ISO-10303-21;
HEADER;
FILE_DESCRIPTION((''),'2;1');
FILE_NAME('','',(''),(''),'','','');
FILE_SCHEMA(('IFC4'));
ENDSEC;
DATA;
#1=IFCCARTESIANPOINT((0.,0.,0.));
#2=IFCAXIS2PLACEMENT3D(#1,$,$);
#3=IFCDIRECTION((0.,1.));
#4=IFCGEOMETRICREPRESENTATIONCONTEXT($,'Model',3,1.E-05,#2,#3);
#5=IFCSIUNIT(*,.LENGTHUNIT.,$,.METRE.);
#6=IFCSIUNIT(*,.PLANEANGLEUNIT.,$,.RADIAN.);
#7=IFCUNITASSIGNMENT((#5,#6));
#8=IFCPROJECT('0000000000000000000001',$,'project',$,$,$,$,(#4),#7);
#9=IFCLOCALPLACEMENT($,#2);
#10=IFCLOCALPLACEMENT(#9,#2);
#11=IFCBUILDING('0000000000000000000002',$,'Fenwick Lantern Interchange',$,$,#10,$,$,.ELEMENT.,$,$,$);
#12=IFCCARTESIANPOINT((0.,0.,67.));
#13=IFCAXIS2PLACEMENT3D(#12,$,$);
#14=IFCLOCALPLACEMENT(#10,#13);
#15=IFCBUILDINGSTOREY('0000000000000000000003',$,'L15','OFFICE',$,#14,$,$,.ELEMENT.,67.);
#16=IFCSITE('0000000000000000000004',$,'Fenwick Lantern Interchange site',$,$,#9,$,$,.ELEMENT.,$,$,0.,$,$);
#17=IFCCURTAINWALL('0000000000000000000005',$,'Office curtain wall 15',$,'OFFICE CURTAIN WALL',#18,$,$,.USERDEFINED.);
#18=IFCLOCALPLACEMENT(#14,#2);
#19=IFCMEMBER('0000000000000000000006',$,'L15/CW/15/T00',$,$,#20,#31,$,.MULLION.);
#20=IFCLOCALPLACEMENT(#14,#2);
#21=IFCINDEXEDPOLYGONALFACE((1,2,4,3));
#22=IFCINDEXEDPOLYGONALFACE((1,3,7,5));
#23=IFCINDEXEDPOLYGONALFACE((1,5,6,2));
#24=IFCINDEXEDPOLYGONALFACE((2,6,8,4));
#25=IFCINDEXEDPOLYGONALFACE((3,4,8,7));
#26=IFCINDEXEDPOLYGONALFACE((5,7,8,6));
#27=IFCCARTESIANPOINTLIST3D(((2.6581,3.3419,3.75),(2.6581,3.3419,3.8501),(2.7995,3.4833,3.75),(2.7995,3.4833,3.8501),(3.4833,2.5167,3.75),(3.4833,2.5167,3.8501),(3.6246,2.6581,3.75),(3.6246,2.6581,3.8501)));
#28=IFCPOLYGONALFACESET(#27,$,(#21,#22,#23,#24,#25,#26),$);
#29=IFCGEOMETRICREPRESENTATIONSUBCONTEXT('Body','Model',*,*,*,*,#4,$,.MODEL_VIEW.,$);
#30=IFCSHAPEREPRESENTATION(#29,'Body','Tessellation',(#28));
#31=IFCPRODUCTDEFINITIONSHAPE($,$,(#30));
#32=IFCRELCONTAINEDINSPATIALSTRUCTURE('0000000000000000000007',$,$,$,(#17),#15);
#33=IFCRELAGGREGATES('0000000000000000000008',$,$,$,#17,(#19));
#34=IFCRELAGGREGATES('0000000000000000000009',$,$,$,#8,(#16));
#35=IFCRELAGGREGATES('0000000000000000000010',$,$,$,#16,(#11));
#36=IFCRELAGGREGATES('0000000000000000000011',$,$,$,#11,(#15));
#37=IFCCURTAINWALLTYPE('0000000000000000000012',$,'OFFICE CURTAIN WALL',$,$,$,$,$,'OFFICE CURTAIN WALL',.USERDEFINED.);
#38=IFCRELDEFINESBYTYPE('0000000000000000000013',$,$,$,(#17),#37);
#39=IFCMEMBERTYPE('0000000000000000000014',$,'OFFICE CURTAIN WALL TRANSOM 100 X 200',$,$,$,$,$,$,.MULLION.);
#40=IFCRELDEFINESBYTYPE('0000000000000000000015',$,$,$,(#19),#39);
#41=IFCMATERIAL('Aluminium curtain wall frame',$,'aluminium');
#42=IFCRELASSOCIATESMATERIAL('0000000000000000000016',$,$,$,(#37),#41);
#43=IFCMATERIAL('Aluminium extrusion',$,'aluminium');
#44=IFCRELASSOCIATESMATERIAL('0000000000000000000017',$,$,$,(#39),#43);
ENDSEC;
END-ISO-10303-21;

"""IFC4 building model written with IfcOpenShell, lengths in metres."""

from ifc_helpers import new_model, si_unit, direction, frame, origin, origin_2d, place, context, subcontext, project, spatial, rectangle, extrude, material, material_profile, profile_set, type_object, element, aggregate, save


model = new_model("IFC4")

# Units and contexts
model_context = context("Model", 3, precision=1e-05, world=origin(), true_north=direction((0.0, 1.0)))
body_context = subcontext(model_context, "Body", "Model", "MODEL_VIEW")
ifc_project = project(units=[si_unit("LENGTHUNIT", "METRE"), si_unit("PLANEANGLEUNIT", "RADIAN")], contexts=[model_context])

# Site, building, storey
site_placement = place(None, origin())
site = spatial("IfcSite", under=ifc_project, at=site_placement, Name="Fenwick Lantern Interchange site", CompositionType="ELEMENT", RefElevation=0.0)
building_placement = place(site_placement, origin())
building = spatial("IfcBuilding", under=site, at=building_placement, Name="Fenwick Lantern Interchange", CompositionType="ELEMENT")
storey_placement = place(building_placement, frame((0.0, 0.0, 67.0)))
storey = spatial("IfcBuildingStorey", under=building, at=storey_placement, Name="L15", Description="OFFICE", CompositionType="ELEMENT", Elevation=67.0)

# Shared definitions
ifc_material_1 = material(Name="Aluminium curtain wall frame", Category="aluminium")
curtain_wall_type = type_object("IfcCurtainWallType", Name="OFFICE CURTAIN WALL", ElementType="OFFICE CURTAIN WALL", PredefinedType="USERDEFINED", material=ifc_material_1)
ifc_material_2 = material(Name="Aluminium extrusion", Category="aluminium")

# Curtain wall
curtain_wall_1_placement = place(storey_placement, origin())
curtain_wall_1 = element("IfcCurtainWall", 1, at=curtain_wall_1_placement, inside=storey, type_object=curtain_wall_type, Name="Office curtain wall 15", ObjectType="OFFICE CURTAIN WALL", PredefinedType="USERDEFINED")

# Member
ifc_material_profile_1 = material_profile(ifc_material_2, rectangle(XDim=0.2, YDim=0.1001, at=origin_2d()), Name="OFFICE CURTAIN WALL TRANSOM 100 X 200")
ifc_profile_set_1 = profile_set([ifc_material_profile_1], Name="Aluminium extrusion")
member_type_1 = type_object("IfcMemberType", Name="OFFICE CURTAIN WALL TRANSOM 100 X 200", PredefinedType="MULLION", material=ifc_profile_set_1)
member_1_placement = place(storey_placement, frame((2.7288, 3.4126, 3.8), z_axis=(0.707107, -0.707107, 0.0), x_axis=(0.707107, 0.707107, 0.0)))
member_1 = element("IfcMember", 2, at=member_1_placement, type_object=member_type_1, Name="L15/CW/15/T00", PredefinedType="MULLION", context=body_context, shape_type="SweptSolid", body=[
    extrude(rectangle(XDim=0.2, YDim=0.1001, at=origin_2d()), origin(), (0.0, 0.0, 1.0), 1.167),
])
aggregate(curtain_wall_1, [member_1])

save(model, "model.ifc")
